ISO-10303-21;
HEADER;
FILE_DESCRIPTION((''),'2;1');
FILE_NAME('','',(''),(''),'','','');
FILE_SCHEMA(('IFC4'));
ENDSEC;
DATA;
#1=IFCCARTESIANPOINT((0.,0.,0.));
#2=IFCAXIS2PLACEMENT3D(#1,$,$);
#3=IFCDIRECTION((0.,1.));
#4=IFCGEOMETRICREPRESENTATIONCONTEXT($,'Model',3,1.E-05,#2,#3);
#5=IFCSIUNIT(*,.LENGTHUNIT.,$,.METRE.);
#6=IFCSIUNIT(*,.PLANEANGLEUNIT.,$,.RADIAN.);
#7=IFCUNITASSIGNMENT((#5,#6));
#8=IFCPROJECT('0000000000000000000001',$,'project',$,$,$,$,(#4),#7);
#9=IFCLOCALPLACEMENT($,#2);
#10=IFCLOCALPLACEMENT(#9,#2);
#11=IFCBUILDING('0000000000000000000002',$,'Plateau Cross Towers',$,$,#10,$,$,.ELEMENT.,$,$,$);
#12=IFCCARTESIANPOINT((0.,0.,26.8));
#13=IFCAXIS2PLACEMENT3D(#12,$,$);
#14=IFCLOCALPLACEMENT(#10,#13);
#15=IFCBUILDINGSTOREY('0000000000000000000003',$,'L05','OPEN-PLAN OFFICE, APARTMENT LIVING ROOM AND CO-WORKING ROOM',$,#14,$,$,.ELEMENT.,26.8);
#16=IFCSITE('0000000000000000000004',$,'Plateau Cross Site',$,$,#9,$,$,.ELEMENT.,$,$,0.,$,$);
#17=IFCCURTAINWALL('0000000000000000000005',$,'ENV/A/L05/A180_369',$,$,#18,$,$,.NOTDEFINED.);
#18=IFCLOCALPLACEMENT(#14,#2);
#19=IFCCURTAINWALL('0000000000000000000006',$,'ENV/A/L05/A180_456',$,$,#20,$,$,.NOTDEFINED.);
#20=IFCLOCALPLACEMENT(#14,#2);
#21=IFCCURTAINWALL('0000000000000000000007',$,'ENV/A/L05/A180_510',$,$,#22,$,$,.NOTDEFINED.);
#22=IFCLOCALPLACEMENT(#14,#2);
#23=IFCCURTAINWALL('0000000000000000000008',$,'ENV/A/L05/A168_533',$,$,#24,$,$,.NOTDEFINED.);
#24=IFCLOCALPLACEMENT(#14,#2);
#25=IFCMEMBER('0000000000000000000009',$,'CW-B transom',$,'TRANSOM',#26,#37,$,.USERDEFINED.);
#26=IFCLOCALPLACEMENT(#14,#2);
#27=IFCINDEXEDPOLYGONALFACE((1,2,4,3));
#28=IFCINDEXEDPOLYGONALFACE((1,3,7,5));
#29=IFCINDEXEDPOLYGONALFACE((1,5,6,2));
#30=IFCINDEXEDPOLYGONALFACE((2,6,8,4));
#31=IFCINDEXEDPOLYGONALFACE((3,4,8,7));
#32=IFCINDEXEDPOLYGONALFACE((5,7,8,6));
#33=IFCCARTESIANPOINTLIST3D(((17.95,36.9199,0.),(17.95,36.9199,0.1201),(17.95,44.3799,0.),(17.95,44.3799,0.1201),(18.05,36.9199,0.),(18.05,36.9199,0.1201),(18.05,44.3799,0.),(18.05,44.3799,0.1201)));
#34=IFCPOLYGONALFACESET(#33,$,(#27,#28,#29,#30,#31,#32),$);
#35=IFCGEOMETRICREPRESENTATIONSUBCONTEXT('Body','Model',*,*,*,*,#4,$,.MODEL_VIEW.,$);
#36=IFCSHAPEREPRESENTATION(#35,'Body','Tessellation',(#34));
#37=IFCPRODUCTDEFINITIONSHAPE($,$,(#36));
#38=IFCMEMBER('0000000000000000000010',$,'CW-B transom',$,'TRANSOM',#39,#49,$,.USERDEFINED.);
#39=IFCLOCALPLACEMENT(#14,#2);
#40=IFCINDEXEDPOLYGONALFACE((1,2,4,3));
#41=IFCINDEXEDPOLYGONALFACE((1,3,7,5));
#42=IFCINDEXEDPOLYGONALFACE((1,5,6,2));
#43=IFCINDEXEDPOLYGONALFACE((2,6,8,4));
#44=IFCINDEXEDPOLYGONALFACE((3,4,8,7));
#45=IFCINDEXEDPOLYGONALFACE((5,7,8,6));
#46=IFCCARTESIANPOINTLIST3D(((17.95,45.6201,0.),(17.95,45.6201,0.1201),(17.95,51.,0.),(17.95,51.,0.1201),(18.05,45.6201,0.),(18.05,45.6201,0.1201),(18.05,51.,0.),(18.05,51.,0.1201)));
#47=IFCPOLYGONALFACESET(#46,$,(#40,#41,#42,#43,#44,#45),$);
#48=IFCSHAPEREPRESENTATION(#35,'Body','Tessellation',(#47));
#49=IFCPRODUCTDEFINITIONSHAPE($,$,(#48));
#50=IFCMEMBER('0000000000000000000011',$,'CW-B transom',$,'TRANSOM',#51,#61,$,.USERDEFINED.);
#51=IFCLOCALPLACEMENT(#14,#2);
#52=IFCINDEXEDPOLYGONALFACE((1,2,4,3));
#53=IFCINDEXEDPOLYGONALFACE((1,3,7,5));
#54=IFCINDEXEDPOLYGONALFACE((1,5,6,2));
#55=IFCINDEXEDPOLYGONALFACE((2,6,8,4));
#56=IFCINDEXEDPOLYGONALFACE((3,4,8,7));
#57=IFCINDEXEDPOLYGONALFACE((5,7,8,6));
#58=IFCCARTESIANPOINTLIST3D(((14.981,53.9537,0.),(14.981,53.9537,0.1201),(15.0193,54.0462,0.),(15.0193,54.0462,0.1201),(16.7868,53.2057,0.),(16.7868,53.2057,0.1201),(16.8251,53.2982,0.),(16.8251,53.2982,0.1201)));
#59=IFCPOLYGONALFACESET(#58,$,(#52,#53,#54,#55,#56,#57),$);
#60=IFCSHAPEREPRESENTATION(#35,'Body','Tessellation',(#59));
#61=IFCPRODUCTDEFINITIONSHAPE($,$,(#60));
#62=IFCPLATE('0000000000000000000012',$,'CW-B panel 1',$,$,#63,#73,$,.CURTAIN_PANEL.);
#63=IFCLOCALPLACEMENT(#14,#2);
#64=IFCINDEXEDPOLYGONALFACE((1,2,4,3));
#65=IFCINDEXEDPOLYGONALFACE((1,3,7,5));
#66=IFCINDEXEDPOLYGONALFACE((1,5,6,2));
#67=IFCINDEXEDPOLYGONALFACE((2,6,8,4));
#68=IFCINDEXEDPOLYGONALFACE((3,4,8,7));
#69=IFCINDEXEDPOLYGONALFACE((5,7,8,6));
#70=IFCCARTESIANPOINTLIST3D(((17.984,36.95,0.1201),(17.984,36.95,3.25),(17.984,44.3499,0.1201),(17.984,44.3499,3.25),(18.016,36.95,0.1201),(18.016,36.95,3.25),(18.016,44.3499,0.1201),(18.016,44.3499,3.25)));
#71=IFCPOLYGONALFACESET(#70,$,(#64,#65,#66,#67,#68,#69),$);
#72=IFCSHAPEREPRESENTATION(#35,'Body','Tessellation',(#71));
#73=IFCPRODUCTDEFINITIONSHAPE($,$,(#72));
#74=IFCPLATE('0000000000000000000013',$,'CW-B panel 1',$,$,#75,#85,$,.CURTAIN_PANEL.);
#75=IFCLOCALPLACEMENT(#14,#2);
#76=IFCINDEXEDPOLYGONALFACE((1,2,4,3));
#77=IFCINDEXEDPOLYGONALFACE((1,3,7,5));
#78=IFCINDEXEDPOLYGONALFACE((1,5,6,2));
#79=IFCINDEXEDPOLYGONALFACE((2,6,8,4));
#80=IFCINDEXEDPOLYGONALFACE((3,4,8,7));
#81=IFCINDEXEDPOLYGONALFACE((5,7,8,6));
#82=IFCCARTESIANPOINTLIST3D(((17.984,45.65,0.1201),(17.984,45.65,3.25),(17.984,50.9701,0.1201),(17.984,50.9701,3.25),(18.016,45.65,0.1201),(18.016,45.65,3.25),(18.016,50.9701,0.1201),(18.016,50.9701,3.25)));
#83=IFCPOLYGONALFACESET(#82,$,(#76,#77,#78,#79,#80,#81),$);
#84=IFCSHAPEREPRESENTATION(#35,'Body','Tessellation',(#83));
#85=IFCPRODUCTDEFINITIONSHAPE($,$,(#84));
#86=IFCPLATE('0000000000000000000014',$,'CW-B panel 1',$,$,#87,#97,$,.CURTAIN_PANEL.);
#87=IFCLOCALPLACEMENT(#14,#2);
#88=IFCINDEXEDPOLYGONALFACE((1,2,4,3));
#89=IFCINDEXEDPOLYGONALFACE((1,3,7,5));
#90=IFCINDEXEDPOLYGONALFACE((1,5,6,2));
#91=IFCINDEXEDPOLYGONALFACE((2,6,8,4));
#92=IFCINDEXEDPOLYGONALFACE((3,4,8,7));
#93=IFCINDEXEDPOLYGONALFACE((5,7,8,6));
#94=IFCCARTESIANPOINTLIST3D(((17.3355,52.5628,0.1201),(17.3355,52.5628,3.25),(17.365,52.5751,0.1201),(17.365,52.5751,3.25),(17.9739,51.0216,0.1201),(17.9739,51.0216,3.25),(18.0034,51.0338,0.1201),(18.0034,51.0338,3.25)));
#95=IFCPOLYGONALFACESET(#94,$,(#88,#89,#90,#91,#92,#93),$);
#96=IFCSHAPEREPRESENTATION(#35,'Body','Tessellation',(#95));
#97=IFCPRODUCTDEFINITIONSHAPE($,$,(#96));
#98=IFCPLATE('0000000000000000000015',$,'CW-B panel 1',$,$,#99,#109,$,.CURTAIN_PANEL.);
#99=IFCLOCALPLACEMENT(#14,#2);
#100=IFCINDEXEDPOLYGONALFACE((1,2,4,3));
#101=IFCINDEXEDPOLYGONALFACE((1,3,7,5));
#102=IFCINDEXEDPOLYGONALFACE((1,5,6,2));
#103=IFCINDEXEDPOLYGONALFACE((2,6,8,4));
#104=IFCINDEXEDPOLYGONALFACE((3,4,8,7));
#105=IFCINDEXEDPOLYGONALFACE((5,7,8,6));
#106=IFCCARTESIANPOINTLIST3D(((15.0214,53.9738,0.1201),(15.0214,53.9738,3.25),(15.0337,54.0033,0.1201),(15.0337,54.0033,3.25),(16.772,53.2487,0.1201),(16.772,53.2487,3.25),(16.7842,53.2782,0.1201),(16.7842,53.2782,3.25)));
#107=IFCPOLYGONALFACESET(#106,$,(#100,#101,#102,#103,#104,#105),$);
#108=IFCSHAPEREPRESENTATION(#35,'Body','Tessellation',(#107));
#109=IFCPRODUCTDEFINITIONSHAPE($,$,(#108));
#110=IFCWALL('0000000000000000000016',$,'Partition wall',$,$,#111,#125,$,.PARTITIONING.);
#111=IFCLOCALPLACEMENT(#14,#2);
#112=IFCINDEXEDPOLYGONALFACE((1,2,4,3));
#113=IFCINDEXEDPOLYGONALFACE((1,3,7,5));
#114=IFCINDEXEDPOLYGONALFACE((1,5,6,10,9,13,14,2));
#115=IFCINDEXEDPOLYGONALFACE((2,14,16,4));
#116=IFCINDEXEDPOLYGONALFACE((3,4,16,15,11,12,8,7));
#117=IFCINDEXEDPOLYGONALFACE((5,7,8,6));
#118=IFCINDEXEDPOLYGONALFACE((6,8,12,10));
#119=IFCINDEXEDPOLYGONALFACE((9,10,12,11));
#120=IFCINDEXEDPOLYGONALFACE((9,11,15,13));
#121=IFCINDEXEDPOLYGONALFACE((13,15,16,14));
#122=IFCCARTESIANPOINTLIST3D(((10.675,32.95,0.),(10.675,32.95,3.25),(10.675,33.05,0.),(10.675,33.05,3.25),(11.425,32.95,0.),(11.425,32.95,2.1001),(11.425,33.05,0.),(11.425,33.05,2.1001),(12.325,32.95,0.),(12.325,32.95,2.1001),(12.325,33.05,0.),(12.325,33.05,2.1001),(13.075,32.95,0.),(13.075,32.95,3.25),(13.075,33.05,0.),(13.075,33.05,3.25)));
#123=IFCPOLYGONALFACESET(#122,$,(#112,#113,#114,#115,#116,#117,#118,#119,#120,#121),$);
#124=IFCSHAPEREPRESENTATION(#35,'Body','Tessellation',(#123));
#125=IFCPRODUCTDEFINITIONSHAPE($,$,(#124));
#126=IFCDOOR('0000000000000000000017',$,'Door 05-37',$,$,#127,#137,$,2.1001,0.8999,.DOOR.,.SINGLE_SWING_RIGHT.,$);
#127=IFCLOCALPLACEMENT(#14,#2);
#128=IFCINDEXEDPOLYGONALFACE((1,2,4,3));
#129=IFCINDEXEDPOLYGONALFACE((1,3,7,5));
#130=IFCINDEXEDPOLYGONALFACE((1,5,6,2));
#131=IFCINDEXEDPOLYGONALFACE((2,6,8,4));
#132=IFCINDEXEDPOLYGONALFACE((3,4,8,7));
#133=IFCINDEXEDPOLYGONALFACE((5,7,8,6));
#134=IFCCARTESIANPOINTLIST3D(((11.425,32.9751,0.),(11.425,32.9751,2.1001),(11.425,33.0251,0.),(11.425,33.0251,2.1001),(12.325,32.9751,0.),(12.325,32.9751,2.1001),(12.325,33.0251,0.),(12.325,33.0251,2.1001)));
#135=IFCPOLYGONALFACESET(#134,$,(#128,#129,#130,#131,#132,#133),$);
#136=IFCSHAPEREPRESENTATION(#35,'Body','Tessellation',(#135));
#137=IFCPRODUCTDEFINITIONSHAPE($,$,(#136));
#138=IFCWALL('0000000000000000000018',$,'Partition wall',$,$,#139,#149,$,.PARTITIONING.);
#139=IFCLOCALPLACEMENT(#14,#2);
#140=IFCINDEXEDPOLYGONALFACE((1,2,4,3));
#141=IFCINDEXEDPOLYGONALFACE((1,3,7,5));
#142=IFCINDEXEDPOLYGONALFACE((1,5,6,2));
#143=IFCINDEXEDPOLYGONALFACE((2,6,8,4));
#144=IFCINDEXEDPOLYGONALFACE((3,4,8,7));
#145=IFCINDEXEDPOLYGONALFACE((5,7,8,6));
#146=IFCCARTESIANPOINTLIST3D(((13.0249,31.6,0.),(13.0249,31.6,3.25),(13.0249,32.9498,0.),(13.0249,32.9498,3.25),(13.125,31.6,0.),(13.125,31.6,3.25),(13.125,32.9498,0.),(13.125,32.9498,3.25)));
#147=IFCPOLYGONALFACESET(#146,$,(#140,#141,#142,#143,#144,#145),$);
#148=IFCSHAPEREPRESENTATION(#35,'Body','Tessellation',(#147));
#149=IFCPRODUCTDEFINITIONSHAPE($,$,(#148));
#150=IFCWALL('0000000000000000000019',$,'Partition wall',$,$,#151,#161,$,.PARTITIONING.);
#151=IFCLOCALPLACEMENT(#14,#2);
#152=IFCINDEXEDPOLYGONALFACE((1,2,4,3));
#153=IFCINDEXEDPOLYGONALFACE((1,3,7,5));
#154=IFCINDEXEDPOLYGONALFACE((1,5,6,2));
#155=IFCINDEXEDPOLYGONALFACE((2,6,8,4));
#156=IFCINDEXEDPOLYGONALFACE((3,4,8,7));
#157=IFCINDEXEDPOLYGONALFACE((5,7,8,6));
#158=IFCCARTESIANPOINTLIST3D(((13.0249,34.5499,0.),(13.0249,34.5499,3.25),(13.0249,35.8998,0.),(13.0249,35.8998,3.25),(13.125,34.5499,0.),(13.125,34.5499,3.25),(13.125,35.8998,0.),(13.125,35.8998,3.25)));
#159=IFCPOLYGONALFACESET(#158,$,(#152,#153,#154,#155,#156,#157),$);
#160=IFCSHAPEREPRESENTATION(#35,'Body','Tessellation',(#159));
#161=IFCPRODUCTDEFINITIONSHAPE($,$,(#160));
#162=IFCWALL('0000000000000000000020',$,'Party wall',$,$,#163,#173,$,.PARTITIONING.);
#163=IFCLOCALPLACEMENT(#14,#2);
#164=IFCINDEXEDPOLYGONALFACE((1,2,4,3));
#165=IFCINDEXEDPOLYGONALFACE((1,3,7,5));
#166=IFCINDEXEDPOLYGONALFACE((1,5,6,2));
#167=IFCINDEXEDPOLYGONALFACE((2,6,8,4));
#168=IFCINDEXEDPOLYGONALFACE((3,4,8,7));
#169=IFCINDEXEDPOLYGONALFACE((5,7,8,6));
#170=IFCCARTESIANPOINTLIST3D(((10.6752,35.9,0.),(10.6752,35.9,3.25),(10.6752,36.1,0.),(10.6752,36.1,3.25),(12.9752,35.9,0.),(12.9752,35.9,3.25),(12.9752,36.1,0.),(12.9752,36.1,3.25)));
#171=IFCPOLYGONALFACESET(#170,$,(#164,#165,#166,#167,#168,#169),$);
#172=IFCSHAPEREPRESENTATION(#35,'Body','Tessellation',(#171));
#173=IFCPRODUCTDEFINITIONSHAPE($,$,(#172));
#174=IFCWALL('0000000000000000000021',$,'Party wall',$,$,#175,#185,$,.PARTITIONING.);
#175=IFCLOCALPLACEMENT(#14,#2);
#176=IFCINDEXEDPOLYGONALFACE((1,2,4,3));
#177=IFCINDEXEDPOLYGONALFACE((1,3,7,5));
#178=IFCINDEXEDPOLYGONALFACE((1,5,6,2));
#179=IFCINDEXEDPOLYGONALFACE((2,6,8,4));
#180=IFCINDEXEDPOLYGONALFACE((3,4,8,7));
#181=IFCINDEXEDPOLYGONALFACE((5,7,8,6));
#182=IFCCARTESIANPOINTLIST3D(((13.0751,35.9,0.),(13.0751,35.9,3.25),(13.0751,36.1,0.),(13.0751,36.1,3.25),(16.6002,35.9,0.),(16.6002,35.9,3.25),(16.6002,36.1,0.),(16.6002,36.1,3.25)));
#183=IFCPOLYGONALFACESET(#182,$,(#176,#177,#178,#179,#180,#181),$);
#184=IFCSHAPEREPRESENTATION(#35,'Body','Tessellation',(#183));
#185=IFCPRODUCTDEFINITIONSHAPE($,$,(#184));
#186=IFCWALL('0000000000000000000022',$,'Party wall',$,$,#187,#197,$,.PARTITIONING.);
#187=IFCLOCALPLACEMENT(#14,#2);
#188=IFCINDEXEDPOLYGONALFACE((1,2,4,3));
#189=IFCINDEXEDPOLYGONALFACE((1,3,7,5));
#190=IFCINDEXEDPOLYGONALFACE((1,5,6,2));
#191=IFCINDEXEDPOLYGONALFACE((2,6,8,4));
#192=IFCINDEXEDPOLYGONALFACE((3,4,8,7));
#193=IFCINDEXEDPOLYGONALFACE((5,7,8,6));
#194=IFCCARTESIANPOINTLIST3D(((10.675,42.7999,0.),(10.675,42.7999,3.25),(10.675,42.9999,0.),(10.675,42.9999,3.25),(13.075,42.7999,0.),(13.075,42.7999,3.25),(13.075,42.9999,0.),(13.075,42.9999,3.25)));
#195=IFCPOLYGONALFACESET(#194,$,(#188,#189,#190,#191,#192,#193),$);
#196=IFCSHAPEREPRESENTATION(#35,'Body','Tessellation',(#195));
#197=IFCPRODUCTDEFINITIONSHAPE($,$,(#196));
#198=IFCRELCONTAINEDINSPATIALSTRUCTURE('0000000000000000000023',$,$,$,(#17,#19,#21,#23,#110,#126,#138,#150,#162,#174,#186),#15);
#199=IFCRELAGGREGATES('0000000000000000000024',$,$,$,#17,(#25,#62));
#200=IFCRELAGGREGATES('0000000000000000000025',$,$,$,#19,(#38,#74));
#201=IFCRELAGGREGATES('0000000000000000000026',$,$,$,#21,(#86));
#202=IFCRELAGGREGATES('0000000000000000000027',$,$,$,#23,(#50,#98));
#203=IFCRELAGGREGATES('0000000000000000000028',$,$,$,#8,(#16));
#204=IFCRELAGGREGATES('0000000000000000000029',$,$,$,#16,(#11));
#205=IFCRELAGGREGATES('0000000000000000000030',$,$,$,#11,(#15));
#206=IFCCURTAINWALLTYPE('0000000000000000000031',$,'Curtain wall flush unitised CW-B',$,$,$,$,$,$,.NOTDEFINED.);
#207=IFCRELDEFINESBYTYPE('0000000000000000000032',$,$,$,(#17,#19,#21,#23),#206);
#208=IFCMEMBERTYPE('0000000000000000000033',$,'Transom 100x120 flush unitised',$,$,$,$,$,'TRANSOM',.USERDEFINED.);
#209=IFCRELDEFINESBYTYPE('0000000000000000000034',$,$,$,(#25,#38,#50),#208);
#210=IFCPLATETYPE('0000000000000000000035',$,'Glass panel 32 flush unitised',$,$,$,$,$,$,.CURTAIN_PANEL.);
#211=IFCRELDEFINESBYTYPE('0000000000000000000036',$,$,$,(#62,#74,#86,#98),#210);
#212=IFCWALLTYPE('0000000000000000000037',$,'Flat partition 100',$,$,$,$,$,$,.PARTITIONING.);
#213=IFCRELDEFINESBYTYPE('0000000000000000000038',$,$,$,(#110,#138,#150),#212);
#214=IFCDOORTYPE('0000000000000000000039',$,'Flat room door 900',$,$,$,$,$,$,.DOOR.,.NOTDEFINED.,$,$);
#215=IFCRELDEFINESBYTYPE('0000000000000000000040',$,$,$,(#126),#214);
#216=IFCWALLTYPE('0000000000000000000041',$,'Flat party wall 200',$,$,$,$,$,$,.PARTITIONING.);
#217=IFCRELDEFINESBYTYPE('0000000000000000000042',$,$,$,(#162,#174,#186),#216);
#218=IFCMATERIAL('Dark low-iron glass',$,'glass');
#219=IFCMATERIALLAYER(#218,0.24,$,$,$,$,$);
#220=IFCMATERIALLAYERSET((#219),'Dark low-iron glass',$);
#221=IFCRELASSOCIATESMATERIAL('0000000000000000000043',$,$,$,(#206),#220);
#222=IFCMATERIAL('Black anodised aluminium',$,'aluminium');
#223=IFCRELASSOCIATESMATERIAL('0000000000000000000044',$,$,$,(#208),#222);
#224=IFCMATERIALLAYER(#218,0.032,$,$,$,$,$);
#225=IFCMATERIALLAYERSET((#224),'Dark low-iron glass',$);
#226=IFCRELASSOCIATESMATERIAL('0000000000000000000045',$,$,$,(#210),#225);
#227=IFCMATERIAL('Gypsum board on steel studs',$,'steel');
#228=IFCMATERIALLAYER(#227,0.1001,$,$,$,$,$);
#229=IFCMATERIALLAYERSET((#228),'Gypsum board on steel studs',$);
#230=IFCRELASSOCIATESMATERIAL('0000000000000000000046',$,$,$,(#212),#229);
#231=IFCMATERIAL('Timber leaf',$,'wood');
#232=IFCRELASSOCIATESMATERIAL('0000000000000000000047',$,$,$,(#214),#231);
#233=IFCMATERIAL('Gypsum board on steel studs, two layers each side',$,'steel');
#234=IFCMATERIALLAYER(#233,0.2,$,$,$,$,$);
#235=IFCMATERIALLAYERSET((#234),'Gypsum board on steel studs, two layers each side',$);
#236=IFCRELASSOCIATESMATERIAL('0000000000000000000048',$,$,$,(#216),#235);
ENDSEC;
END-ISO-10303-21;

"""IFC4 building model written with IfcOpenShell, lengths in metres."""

from ifc_helpers import new_model, si_unit, direction, frame, frame_2d, origin, origin_2d, place, context, subcontext, project, spatial, rectangle, extrude, material, layer, layer_set, material_profile, profile_set, type_object, element, fill, aggregate, save


model = new_model("IFC4")

# Units and contexts
model_context = context("Model", 3, precision=1e-05, world=origin(), true_north=direction((0.0, 1.0)))
body_context = subcontext(model_context, "Body", "Model", "MODEL_VIEW")
ifc_project = project(units=[si_unit("LENGTHUNIT", "METRE"), si_unit("PLANEANGLEUNIT", "RADIAN")], contexts=[model_context])

# Site, building, storey
site_placement = place(None, origin())
site = spatial("IfcSite", under=ifc_project, at=site_placement, Name="Plateau Cross Site", CompositionType="ELEMENT", RefElevation=0.0)
building_placement = place(site_placement, origin())
building = spatial("IfcBuilding", under=site, at=building_placement, Name="Plateau Cross Towers", CompositionType="ELEMENT")
storey_placement = place(building_placement, frame((0.0, 0.0, 26.8)))
storey = spatial("IfcBuildingStorey", under=building, at=storey_placement, Name="L05", Description="OPEN-PLAN OFFICE, APARTMENT LIVING ROOM AND CO-WORKING ROOM", CompositionType="ELEMENT", Elevation=26.8)

# Shared definitions
ifc_material_1 = material(Name="Dark low-iron glass", Category="glass")
ifc_layer_1 = layer(ifc_material_1, 0.24)
ifc_layer_set_1 = layer_set([ifc_layer_1], Name="Dark low-iron glass")
curtain_wall_type = type_object("IfcCurtainWallType", Name="Curtain wall flush unitised CW-B", PredefinedType="NOTDEFINED", material=ifc_layer_set_1)
ifc_material_2 = material(Name="Black anodised aluminium", Category="aluminium")

# Curtain wall
curtain_wall_1_placement = place(storey_placement, origin())
curtain_wall_1 = element("IfcCurtainWall", 1, at=curtain_wall_1_placement, inside=storey, type_object=curtain_wall_type, Name="ENV/A/L05/A180_369", PredefinedType="NOTDEFINED")

# Curtain walls
curtain_wall_2_placement = place(storey_placement, origin())
curtain_wall_2 = element("IfcCurtainWall", 2, at=curtain_wall_2_placement, inside=storey, type_object=curtain_wall_type, Name="ENV/A/L05/A180_456", PredefinedType="NOTDEFINED")
curtain_wall_3_placement = place(storey_placement, origin())
curtain_wall_3 = element("IfcCurtainWall", 3, at=curtain_wall_3_placement, inside=storey, type_object=curtain_wall_type, Name="ENV/A/L05/A180_510", PredefinedType="NOTDEFINED")

# Curtain wall
curtain_wall_4_placement = place(storey_placement, origin())
curtain_wall_4 = element("IfcCurtainWall", 4, at=curtain_wall_4_placement, inside=storey, type_object=curtain_wall_type, Name="ENV/A/L05/A168_533", PredefinedType="NOTDEFINED")

# Members
ifc_material_profile_1 = material_profile(ifc_material_2, rectangle(XDim=0.1001, YDim=0.1201, at=origin_2d()), Name="TRANSOM 100x120")
ifc_profile_set_1 = profile_set([ifc_material_profile_1], Name="Black anodised aluminium")
member_type_1 = type_object("IfcMemberType", Name="Transom 100x120 flush unitised", ElementType="TRANSOM", PredefinedType="USERDEFINED", material=ifc_profile_set_1)
member_1_placement = place(storey_placement, frame((18.0, 36.9199, 0.0601), z_axis=(0.0, 1.0, 0.0), x_axis=(-1.0, 0.0, 0.0)))
member_1 = element("IfcMember", 5, at=member_1_placement, type_object=member_type_1, Name="CW-B transom", ObjectType="TRANSOM", PredefinedType="USERDEFINED", context=body_context, shape_type="SweptSolid", body=[
    extrude(rectangle(XDim=0.1001, YDim=0.1201, at=origin_2d()), origin(), (0.0, 0.0, 1.0), 7.46),
])
member_2_placement = place(storey_placement, frame((18.0, 45.6201, 0.0601), z_axis=(0.0, 1.0, 0.0), x_axis=(-1.0, 0.0, 0.0)))
member_2 = element("IfcMember", 6, at=member_2_placement, type_object=member_type_1, Name="CW-B transom", ObjectType="TRANSOM", PredefinedType="USERDEFINED", context=body_context, shape_type="SweptSolid", body=[
    extrude(rectangle(XDim=0.1001, YDim=0.1201, at=origin_2d()), origin(), (0.0, 0.0, 1.0), 5.3799),
])
member_3_placement = place(storey_placement, frame((16.8059, 53.252, 0.0601), z_axis=(-0.923877, 0.38269, 0.0), x_axis=(-0.38269, -0.923877, 0.0)))
member_3 = element("IfcMember", 7, at=member_3_placement, type_object=member_type_1, Name="CW-B transom", ObjectType="TRANSOM", PredefinedType="USERDEFINED", context=body_context, shape_type="SweptSolid", body=[
    extrude(rectangle(XDim=0.1001, YDim=0.1201, at=origin_2d()), origin(), (0.0, 0.0, 1.0), 1.9546),
])

# Plates
ifc_layer_2 = layer(ifc_material_1, 0.032)
ifc_layer_set_2 = layer_set([ifc_layer_2], Name="Dark low-iron glass")
plate_type = type_object("IfcPlateType", Name="Glass panel 32 flush unitised", PredefinedType="CURTAIN_PANEL", material=ifc_layer_set_2)
plate_1_placement = place(storey_placement, frame((18.0, 40.6499, 0.1201), z_axis=(0.0, 0.0, 1.0), x_axis=(0.0, 1.0, 0.0)))
plate_1 = element("IfcPlate", 8, at=plate_1_placement, type_object=plate_type, Name="CW-B panel 1", PredefinedType="CURTAIN_PANEL", context=body_context, shape_type="SweptSolid", body=[
    extrude(rectangle(XDim=7.3999, YDim=0.032, at=origin_2d()), origin(), (0.0, 0.0, 1.0), 3.1299),
])
aggregate(curtain_wall_1, [member_1, plate_1])
plate_2_placement = place(storey_placement, frame((18.0, 48.3101, 0.1201), z_axis=(0.0, 0.0, 1.0), x_axis=(0.0, 1.0, 0.0)))
plate_2 = element("IfcPlate", 9, at=plate_2_placement, type_object=plate_type, Name="CW-B panel 1", PredefinedType="CURTAIN_PANEL", context=body_context, shape_type="SweptSolid", body=[
    extrude(rectangle(XDim=5.3201, YDim=0.032, at=origin_2d()), origin(), (0.0, 0.0, 1.0), 3.1299),
])
aggregate(curtain_wall_2, [member_2, plate_2])
plate_3_placement = place(storey_placement, frame((17.6694, 51.7983, 0.1201), z_axis=(0.0, 0.0, 1.0), x_axis=(-0.382684, 0.923879, 0.0)))
plate_3 = element("IfcPlate", 10, at=plate_3_placement, type_object=plate_type, Name="CW-B panel 1", PredefinedType="CURTAIN_PANEL", context=body_context, shape_type="SweptSolid", body=[
    extrude(rectangle(XDim=1.6682, YDim=0.032, at=origin_2d()), origin(), (0.0, 0.0, 1.0), 3.1299),
])
aggregate(curtain_wall_3, [plate_3])
plate_4_placement = place(storey_placement, frame((15.9028, 53.626, 0.1201), z_axis=(0.0, 0.0, 1.0), x_axis=(-0.923879, 0.382684, 0.0)))
plate_4 = element("IfcPlate", 11, at=plate_4_placement, type_object=plate_type, Name="CW-B panel 1", PredefinedType="CURTAIN_PANEL", context=body_context, shape_type="SweptSolid", body=[
    extrude(rectangle(XDim=1.8948, YDim=0.032, at=origin_2d()), origin(), (0.0, 0.0, 1.0), 3.1299),
])
aggregate(curtain_wall_4, [member_3, plate_4])

# Wall, opening, door
ifc_material_3 = material(Name="Gypsum board on steel studs", Category="steel")
ifc_layer_3 = layer(ifc_material_3, 0.1001)
ifc_layer_set_3 = layer_set([ifc_layer_3], Name="Gypsum board on steel studs")
wall_type_1 = type_object("IfcWallType", Name="Flat partition 100", PredefinedType="PARTITIONING", material=ifc_layer_set_3)
wall_1_placement = place(storey_placement, frame((13.075, 33.0, 0.0), z_axis=(0.0, 0.0, 1.0), x_axis=(-1.0, 0.0, 0.0)))
wall_1 = element("IfcWall", 12, at=wall_1_placement, inside=storey, type_object=wall_type_1, Name="Partition wall", PredefinedType="PARTITIONING", context=body_context, shape_type="SweptSolid", body=[
    extrude(rectangle(XDim=2.3999, YDim=0.1001, at=frame_2d((1.2, 0.0))), origin(), (0.0, 0.0, 1.0), 3.25),
])
opening_placement = place(wall_1_placement, frame((0.75, 0.0, 0.0)))
opening = element("IfcOpeningElement", 13, at=opening_placement, cuts=wall_1, PredefinedType="OPENING", context=body_context, shape_type="SweptSolid", body=[
    extrude(rectangle(XDim=0.8999, YDim=2.1001, at=frame_2d((0.45, 1.05))), frame((0.0, 0.0601, 0.0), z_axis=(0.0, -1.0, 0.0), x_axis=(1.0, 0.0, 0.0)), (0.0, 0.0, 1.0), 0.1201),
])
ifc_material_4 = material(Name="Timber leaf", Category="wood")
door_type = type_object("IfcDoorType", Name="Flat room door 900", OperationType="NOTDEFINED", PredefinedType="DOOR", material=ifc_material_4)
door_placement = place(opening_placement, origin())
door = element("IfcDoor", 14, at=door_placement, inside=storey, type_object=door_type, Name="Door 05-37", OperationType="SINGLE_SWING_RIGHT", OverallHeight=2.1001, OverallWidth=0.8999, PredefinedType="DOOR", context=body_context, shape_type="SweptSolid", body=[
    extrude(rectangle(XDim=0.8999, YDim=2.1001, at=frame_2d((0.45, 1.05))), frame((0.0, 0.0249, 0.0), z_axis=(0.0, -1.0, 0.0), x_axis=(1.0, 0.0, 0.0)), (0.0, 0.0, 1.0), 0.05),
])
fill(opening, door)

# Walls
for number, where, z_axis, x_axis, name in (
    (15, (13.075, 31.6001, 0.0), (0.0, 0.0, 1.0), (0.0, 1.0, 0.0), "Partition wall"),
    (16, (13.075, 34.55, 0.0), (0.0, 0.0, 1.0), (0.0, 1.0, 0.0), "Partition wall"),
):
    element("IfcWall", number, at=place(storey_placement, frame(where, z_axis=z_axis, x_axis=x_axis)), inside=storey, type_object=wall_type_1, Name=name, PredefinedType="PARTITIONING", context=body_context, shape_type="SweptSolid", body=[
        extrude(rectangle(XDim=1.3499, YDim=0.1001, at=frame_2d((0.6748, 0.0))), origin(), (0.0, 0.0, 1.0), 3.25),
    ])
ifc_material_5 = material(Name="Gypsum board on steel studs, two layers each side", Category="steel")
ifc_layer_4 = layer(ifc_material_5, 0.2)
ifc_layer_set_4 = layer_set([ifc_layer_4], Name="Gypsum board on steel studs, two layers each side")
wall_type_2 = type_object("IfcWallType", Name="Flat party wall 200", PredefinedType="PARTITIONING", material=ifc_layer_set_4)
wall_2_placement = place(storey_placement, frame((12.9751, 36.0, 0.0), z_axis=(0.0, 0.0, 1.0), x_axis=(-1.0, 0.0, 0.0)))
element("IfcWall", 17, at=wall_2_placement, inside=storey, type_object=wall_type_2, Name="Party wall", PredefinedType="PARTITIONING", context=body_context, shape_type="SweptSolid", body=[
    extrude(rectangle(XDim=2.3, YDim=0.2, at=frame_2d((1.1499, 0.0))), origin(), (0.0, 0.0, 1.0), 3.25),
])
wall_3_placement = place(storey_placement, frame((13.075, 36.0, 0.0), z_axis=(0.0, 0.0, 1.0), x_axis=(1.0, 0.0, 0.0)))
element("IfcWall", 18, at=wall_3_placement, inside=storey, type_object=wall_type_2, Name="Party wall", PredefinedType="PARTITIONING", context=body_context, shape_type="SweptSolid", body=[
    extrude(rectangle(XDim=3.5251, YDim=0.2, at=frame_2d((1.7627, 0.0))), origin(), (0.0, 0.0, 1.0), 3.25),
])
wall_4_placement = place(storey_placement, frame((13.075, 42.8999, 0.0), z_axis=(0.0, 0.0, 1.0), x_axis=(-1.0, 0.0, 0.0)))
element("IfcWall", 19, at=wall_4_placement, inside=storey, type_object=wall_type_2, Name="Party wall", PredefinedType="PARTITIONING", context=body_context, shape_type="SweptSolid", body=[
    extrude(rectangle(XDim=2.3999, YDim=0.2, at=frame_2d((1.2, 0.0))), origin(), (0.0, 0.0, 1.0), 3.25),
])

save(model, "model.ifc")
